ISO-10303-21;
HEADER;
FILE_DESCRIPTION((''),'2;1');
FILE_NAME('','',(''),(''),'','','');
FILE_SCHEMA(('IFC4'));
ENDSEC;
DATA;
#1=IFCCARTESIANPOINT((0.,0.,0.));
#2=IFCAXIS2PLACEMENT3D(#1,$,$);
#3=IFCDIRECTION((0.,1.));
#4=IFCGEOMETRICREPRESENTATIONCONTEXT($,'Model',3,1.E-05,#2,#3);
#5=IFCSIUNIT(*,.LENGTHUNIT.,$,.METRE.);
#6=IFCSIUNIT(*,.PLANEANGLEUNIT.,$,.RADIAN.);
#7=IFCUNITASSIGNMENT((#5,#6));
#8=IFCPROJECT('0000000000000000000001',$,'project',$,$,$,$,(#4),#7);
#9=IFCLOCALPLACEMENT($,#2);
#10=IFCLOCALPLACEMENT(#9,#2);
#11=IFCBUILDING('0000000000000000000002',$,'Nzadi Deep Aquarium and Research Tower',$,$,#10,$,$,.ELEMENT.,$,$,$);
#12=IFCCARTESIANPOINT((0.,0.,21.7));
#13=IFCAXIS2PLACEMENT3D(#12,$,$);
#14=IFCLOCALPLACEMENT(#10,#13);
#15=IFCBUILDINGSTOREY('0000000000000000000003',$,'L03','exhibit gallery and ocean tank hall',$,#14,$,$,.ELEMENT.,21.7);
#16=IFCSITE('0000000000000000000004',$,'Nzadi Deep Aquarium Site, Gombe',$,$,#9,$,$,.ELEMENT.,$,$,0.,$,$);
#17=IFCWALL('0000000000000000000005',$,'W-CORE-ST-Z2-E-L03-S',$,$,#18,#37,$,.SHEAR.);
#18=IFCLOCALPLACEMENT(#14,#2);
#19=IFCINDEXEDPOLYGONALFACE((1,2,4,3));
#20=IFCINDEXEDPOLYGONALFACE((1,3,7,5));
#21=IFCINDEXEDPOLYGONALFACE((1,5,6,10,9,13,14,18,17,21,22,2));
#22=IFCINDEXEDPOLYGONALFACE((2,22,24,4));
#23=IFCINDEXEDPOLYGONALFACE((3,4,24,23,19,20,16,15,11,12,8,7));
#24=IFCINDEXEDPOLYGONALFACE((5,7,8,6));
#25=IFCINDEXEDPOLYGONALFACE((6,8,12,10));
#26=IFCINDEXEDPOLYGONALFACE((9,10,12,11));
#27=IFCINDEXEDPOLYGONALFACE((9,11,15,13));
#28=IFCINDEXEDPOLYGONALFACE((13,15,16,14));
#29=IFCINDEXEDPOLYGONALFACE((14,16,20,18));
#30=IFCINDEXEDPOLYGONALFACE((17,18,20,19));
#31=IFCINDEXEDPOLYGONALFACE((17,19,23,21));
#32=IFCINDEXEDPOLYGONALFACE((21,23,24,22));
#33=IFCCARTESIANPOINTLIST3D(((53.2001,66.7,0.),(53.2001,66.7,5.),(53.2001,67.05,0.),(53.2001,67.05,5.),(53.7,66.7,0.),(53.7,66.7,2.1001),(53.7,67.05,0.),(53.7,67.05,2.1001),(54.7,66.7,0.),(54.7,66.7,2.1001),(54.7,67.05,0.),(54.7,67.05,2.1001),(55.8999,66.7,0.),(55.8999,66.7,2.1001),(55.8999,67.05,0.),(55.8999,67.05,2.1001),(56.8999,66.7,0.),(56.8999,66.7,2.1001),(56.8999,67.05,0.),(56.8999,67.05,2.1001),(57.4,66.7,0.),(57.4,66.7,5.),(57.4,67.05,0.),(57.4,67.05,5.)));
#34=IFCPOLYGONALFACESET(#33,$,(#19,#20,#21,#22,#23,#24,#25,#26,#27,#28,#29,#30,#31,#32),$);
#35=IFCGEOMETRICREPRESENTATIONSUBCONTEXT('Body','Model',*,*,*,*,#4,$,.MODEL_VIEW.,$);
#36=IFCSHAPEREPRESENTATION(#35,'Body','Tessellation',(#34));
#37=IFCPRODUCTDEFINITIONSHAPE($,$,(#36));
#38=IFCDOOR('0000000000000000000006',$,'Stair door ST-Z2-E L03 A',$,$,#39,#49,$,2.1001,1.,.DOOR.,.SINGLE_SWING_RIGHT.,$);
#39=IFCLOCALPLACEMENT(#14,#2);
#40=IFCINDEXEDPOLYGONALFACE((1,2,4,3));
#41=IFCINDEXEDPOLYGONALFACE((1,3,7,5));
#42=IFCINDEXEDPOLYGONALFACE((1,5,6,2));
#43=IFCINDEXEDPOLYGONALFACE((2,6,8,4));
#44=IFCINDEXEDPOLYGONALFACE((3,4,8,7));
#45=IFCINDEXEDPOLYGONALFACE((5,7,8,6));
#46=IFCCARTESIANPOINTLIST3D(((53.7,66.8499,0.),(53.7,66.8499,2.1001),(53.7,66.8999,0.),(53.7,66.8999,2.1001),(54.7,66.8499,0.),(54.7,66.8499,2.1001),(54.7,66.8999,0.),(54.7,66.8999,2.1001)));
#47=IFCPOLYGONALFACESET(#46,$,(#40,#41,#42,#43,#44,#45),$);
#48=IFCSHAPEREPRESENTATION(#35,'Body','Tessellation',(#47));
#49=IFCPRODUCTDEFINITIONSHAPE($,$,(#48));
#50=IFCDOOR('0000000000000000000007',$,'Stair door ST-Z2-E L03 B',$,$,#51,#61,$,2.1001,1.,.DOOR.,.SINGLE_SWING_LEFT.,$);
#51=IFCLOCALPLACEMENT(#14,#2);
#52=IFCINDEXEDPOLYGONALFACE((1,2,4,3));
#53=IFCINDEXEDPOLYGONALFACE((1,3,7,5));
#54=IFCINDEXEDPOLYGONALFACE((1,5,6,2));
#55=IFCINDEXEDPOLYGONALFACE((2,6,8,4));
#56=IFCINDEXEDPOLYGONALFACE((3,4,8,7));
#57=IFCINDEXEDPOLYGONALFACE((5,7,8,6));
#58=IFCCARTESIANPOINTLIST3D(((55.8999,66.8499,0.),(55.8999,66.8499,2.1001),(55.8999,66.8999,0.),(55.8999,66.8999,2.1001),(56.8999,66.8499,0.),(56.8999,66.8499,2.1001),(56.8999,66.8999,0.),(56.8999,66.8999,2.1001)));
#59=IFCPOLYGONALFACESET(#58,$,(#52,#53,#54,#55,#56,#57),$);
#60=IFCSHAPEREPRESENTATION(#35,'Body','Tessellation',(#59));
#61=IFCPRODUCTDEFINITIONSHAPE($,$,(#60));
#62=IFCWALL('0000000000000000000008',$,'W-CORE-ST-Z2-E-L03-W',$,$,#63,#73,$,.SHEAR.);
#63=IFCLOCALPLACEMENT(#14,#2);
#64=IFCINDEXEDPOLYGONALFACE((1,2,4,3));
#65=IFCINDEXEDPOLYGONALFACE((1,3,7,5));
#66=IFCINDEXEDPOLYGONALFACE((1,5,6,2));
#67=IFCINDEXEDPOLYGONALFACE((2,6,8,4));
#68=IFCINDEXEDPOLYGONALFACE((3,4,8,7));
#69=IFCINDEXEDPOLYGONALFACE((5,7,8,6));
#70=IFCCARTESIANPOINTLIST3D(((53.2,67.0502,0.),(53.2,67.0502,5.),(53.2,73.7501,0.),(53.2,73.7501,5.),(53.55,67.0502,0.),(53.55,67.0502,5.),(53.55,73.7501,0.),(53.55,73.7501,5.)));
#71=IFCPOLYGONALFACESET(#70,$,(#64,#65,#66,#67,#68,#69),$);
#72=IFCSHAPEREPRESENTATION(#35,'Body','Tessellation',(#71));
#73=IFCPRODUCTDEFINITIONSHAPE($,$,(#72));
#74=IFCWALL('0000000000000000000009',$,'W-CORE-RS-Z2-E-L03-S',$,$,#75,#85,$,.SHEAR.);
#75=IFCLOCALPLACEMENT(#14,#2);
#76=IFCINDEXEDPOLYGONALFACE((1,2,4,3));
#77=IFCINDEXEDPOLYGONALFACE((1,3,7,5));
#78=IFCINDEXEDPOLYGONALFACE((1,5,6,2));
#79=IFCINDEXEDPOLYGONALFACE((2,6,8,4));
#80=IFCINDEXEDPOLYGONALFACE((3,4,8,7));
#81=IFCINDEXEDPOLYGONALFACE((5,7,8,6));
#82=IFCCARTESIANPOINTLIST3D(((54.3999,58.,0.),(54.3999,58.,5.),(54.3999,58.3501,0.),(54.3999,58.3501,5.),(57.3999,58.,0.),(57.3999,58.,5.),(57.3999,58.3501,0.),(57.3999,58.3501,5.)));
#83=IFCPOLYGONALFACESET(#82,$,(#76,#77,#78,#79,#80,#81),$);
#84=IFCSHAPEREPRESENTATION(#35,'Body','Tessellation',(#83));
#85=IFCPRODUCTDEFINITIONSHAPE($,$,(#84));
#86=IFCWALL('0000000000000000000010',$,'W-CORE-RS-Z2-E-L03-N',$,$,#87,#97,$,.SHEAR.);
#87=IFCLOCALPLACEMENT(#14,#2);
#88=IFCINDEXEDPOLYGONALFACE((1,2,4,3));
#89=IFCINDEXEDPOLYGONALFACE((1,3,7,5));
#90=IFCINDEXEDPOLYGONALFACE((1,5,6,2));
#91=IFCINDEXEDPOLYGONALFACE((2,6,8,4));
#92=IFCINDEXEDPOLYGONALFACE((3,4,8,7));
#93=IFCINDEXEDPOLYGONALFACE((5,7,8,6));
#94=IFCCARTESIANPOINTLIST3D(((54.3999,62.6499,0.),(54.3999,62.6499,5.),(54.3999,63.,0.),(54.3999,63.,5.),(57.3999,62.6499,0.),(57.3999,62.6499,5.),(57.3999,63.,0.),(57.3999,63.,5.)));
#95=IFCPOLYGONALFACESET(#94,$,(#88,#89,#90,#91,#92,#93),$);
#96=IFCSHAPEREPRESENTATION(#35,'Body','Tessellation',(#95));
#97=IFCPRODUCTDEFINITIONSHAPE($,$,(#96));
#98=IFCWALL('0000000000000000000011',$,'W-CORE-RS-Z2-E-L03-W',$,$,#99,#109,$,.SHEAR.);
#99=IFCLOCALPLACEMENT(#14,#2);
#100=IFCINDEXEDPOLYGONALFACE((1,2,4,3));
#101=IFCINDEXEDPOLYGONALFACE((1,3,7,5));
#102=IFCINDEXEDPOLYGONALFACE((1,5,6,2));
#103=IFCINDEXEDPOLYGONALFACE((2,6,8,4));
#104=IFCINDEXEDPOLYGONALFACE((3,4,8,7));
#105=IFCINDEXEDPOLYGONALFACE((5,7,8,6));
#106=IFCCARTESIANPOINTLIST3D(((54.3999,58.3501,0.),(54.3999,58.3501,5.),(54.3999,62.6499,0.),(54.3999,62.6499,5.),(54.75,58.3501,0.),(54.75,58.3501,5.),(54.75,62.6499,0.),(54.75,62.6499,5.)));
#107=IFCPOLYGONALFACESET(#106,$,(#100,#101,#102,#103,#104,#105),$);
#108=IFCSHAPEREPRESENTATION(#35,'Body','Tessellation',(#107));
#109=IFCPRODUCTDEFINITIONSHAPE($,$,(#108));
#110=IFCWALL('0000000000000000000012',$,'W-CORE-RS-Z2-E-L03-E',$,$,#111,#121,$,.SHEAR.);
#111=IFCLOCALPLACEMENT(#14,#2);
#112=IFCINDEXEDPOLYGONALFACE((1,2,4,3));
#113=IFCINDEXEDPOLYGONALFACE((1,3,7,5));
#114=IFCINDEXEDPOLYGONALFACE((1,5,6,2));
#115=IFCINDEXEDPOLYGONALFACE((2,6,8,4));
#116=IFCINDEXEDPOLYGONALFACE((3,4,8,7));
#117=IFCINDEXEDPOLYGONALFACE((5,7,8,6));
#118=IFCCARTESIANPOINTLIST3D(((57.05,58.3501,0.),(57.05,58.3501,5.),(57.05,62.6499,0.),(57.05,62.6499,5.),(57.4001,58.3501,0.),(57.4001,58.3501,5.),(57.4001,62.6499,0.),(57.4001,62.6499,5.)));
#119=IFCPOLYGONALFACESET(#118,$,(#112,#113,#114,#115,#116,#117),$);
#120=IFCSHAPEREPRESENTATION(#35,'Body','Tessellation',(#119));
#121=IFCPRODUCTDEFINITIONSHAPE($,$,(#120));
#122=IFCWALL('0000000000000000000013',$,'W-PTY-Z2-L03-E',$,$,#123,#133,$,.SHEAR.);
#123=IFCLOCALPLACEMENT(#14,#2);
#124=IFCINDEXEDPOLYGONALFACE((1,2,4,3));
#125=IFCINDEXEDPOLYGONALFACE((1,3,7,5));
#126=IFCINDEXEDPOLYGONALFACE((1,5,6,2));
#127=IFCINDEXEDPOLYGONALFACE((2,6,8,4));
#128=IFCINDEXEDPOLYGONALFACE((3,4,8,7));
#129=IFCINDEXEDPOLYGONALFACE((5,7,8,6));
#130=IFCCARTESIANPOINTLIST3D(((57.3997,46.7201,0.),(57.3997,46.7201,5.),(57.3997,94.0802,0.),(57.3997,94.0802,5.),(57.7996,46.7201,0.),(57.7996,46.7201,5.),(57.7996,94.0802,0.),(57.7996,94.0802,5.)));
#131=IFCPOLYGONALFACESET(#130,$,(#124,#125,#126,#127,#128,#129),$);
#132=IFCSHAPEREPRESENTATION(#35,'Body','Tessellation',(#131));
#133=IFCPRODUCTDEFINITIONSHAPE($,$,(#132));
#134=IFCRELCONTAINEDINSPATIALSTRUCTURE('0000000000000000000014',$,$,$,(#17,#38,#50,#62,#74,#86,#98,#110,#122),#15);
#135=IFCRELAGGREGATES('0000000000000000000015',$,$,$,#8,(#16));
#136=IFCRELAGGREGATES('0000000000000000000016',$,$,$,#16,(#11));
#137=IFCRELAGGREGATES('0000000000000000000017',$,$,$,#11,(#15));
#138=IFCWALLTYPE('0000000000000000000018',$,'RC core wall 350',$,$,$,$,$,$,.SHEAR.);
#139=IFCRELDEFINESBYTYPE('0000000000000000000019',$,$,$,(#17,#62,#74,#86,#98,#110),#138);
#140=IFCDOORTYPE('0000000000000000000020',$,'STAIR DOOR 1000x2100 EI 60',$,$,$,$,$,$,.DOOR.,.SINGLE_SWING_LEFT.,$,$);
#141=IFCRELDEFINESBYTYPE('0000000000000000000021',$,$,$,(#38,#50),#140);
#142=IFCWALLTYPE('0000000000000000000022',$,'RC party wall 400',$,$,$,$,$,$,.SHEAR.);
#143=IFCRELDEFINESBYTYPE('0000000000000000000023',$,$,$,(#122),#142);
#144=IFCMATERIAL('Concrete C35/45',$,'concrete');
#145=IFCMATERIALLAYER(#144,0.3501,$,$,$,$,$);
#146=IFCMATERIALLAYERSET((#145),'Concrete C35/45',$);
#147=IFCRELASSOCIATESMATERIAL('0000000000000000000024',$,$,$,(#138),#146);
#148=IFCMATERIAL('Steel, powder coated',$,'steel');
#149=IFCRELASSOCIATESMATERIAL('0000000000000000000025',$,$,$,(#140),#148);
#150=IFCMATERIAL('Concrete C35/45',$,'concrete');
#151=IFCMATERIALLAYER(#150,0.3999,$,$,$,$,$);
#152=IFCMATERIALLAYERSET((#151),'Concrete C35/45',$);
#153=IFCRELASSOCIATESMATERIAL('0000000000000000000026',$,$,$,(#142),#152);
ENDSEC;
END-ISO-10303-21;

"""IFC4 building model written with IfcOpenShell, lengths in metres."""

from ifc_helpers import new_model, si_unit, direction, frame, frame_2d, origin, place, context, subcontext, project, spatial, rectangle, extrude, material, layer, layer_set, type_object, element, fill, save


model = new_model("IFC4")

# Units and contexts
model_context = context("Model", 3, precision=1e-05, world=origin(), true_north=direction((0.0, 1.0)))
body_context = subcontext(model_context, "Body", "Model", "MODEL_VIEW")
ifc_project = project(units=[si_unit("LENGTHUNIT", "METRE"), si_unit("PLANEANGLEUNIT", "RADIAN")], contexts=[model_context])

# Site, building, storey
site_placement = place(None, origin())
site = spatial("IfcSite", under=ifc_project, at=site_placement, Name="Nzadi Deep Aquarium Site, Gombe", CompositionType="ELEMENT", RefElevation=0.0)
building_placement = place(site_placement, origin())
building = spatial("IfcBuilding", under=site, at=building_placement, Name="Nzadi Deep Aquarium and Research Tower", CompositionType="ELEMENT")
storey_placement = place(building_placement, frame((0.0, 0.0, 21.7)))
storey = spatial("IfcBuildingStorey", under=building, at=storey_placement, Name="L03", Description="exhibit gallery and ocean tank hall", CompositionType="ELEMENT", Elevation=21.7)

# Wall, openings, doors
ifc_material_1 = material(Name="Concrete C35/45", Category="concrete")
ifc_layer_1 = layer(ifc_material_1, 0.3501)
ifc_layer_set_1 = layer_set([ifc_layer_1], Name="Concrete C35/45")
wall_type_1 = type_object("IfcWallType", Name="RC core wall 350", PredefinedType="SHEAR", material=ifc_layer_set_1)
wall_1_placement = place(storey_placement, frame((53.2, 66.875, 0.0), z_axis=(0.0, 0.0, 1.0), x_axis=(1.0, 0.0, 0.0)))
wall_1 = element("IfcWall", 1, at=wall_1_placement, inside=storey, type_object=wall_type_1, Name="W-CORE-ST-Z2-E-L03-S", PredefinedType="SHEAR", context=body_context, shape_type="SweptSolid", body=[
    extrude(rectangle(XDim=4.2, YDim=0.3501, at=frame_2d((2.1001, 0.0))), origin(), (0.0, 0.0, 1.0), 5.0),
])
opening_1_placement = place(wall_1_placement, frame((0.5, 0.0, 0.0)))
opening_1 = element("IfcOpeningElement", 2, at=opening_1_placement, cuts=wall_1, PredefinedType="OPENING", context=body_context, shape_type="SweptSolid", body=[
    extrude(rectangle(XDim=1.0, YDim=2.1001, at=frame_2d((0.5, 1.05))), frame((0.0, 0.1851, 0.0), z_axis=(0.0, -1.0, 0.0), x_axis=(1.0, 0.0, 0.0)), (0.0, 0.0, 1.0), 0.3701),
])
opening_2_placement = place(wall_1_placement, frame((2.7, 0.0, 0.0)))
opening_2 = element("IfcOpeningElement", 3, at=opening_2_placement, cuts=wall_1, PredefinedType="OPENING", context=body_context, shape_type="SweptSolid", body=[
    extrude(rectangle(XDim=1.0, YDim=2.1001, at=frame_2d((0.5, 1.05))), frame((0.0, 0.1851, 0.0), z_axis=(0.0, -1.0, 0.0), x_axis=(1.0, 0.0, 0.0)), (0.0, 0.0, 1.0), 0.3701),
])
ifc_material_2 = material(Name="Steel, powder coated", Category="steel")
door_type_1 = type_object("IfcDoorType", Name="STAIR DOOR 1000x2100 EI 60", OperationType="SINGLE_SWING_LEFT", PredefinedType="DOOR", material=ifc_material_2)
door_1_placement = place(opening_1_placement, origin())
door_1 = element("IfcDoor", 4, at=door_1_placement, inside=storey, type_object=door_type_1, Name="Stair door ST-Z2-E L03 A", OperationType="SINGLE_SWING_RIGHT", OverallHeight=2.1001, OverallWidth=1.0, PredefinedType="DOOR", context=body_context, shape_type="SweptSolid", body=[
    extrude(rectangle(XDim=1.0, YDim=2.1001, at=frame_2d((0.5, 1.05))), frame((0.0, 0.0249, 0.0), z_axis=(0.0, -1.0, 0.0), x_axis=(1.0, 0.0, 0.0)), (0.0, 0.0, 1.0), 0.05),
])
fill(opening_1, door_1)
door_2_placement = place(opening_2_placement, origin())
door_2 = element("IfcDoor", 5, at=door_2_placement, inside=storey, type_object=door_type_1, Name="Stair door ST-Z2-E L03 B", OperationType="SINGLE_SWING_LEFT", OverallHeight=2.1001, OverallWidth=1.0, PredefinedType="DOOR", context=body_context, shape_type="SweptSolid", body=[
    extrude(rectangle(XDim=1.0, YDim=2.1001, at=frame_2d((0.5, 1.05))), frame((0.0, 0.0249, 0.0), z_axis=(0.0, -1.0, 0.0), x_axis=(1.0, 0.0, 0.0)), (0.0, 0.0, 1.0), 0.05),
])
fill(opening_2, door_2)

# Walls
wall_2_placement = place(storey_placement, frame((53.375, 67.05, 0.0), z_axis=(0.0, 0.0, 1.0), x_axis=(0.0, 1.0, 0.0)))
element("IfcWall", 6, at=wall_2_placement, inside=storey, type_object=wall_type_1, Name="W-CORE-ST-Z2-E-L03-W", PredefinedType="SHEAR", context=body_context, shape_type="SweptSolid", body=[
    extrude(rectangle(XDim=6.7, YDim=0.3501, at=frame_2d((3.3501, 0.0))), origin(), (0.0, 0.0, 1.0), 5.0),
])
for number, where, z_axis, x_axis, name in (
    (7, (54.3999, 58.175, 0.0), (0.0, 0.0, 1.0), (1.0, 0.0, 0.0), "W-CORE-RS-Z2-E-L03-S"),
    (8, (54.3999, 62.825, 0.0), (0.0, 0.0, 1.0), (1.0, 0.0, 0.0), "W-CORE-RS-Z2-E-L03-N"),
):
    element("IfcWall", number, at=place(storey_placement, frame(where, z_axis=z_axis, x_axis=x_axis)), inside=storey, type_object=wall_type_1, Name=name, PredefinedType="SHEAR", context=body_context, shape_type="SweptSolid", body=[
        extrude(rectangle(XDim=3.0, YDim=0.3501, at=frame_2d((1.5, 0.0))), origin(), (0.0, 0.0, 1.0), 5.0),
    ])
for number, where, z_axis, x_axis, name in (
    (9, (54.575, 58.3501, 0.0), (0.0, 0.0, 1.0), (0.0, 1.0, 0.0), "W-CORE-RS-Z2-E-L03-W"),
    (10, (57.2251, 58.3501, 0.0), (0.0, 0.0, 1.0), (0.0, 1.0, 0.0), "W-CORE-RS-Z2-E-L03-E"),
):
    element("IfcWall", number, at=place(storey_placement, frame(where, z_axis=z_axis, x_axis=x_axis)), inside=storey, type_object=wall_type_1, Name=name, PredefinedType="SHEAR", context=body_context, shape_type="SweptSolid", body=[
        extrude(rectangle(XDim=4.2998, YDim=0.3501, at=frame_2d((2.1499, 0.0))), origin(), (0.0, 0.0, 1.0), 5.0),
    ])
ifc_material_3 = material(Name="Concrete C35/45", Category="concrete")
ifc_layer_2 = layer(ifc_material_3, 0.3999)
ifc_layer_set_2 = layer_set([ifc_layer_2], Name="Concrete C35/45")
wall_type_2 = type_object("IfcWallType", Name="RC party wall 400", PredefinedType="SHEAR", material=ifc_layer_set_2)
wall_3_placement = place(storey_placement, frame((57.5996, 46.72, 0.0), z_axis=(0.0, 0.0, 1.0), x_axis=(0.0, 1.0, 0.0)))
element("IfcWall", 11, at=wall_3_placement, inside=storey, type_object=wall_type_2, Name="W-PTY-Z2-L03-E", PredefinedType="SHEAR", context=body_context, shape_type="SweptSolid", body=[
    extrude(rectangle(XDim=47.3601, YDim=0.3999, at=frame_2d((23.6802, 0.0))), origin(), (0.0, 0.0, 1.0), 5.0),
])

save(model, "model.ifc")
